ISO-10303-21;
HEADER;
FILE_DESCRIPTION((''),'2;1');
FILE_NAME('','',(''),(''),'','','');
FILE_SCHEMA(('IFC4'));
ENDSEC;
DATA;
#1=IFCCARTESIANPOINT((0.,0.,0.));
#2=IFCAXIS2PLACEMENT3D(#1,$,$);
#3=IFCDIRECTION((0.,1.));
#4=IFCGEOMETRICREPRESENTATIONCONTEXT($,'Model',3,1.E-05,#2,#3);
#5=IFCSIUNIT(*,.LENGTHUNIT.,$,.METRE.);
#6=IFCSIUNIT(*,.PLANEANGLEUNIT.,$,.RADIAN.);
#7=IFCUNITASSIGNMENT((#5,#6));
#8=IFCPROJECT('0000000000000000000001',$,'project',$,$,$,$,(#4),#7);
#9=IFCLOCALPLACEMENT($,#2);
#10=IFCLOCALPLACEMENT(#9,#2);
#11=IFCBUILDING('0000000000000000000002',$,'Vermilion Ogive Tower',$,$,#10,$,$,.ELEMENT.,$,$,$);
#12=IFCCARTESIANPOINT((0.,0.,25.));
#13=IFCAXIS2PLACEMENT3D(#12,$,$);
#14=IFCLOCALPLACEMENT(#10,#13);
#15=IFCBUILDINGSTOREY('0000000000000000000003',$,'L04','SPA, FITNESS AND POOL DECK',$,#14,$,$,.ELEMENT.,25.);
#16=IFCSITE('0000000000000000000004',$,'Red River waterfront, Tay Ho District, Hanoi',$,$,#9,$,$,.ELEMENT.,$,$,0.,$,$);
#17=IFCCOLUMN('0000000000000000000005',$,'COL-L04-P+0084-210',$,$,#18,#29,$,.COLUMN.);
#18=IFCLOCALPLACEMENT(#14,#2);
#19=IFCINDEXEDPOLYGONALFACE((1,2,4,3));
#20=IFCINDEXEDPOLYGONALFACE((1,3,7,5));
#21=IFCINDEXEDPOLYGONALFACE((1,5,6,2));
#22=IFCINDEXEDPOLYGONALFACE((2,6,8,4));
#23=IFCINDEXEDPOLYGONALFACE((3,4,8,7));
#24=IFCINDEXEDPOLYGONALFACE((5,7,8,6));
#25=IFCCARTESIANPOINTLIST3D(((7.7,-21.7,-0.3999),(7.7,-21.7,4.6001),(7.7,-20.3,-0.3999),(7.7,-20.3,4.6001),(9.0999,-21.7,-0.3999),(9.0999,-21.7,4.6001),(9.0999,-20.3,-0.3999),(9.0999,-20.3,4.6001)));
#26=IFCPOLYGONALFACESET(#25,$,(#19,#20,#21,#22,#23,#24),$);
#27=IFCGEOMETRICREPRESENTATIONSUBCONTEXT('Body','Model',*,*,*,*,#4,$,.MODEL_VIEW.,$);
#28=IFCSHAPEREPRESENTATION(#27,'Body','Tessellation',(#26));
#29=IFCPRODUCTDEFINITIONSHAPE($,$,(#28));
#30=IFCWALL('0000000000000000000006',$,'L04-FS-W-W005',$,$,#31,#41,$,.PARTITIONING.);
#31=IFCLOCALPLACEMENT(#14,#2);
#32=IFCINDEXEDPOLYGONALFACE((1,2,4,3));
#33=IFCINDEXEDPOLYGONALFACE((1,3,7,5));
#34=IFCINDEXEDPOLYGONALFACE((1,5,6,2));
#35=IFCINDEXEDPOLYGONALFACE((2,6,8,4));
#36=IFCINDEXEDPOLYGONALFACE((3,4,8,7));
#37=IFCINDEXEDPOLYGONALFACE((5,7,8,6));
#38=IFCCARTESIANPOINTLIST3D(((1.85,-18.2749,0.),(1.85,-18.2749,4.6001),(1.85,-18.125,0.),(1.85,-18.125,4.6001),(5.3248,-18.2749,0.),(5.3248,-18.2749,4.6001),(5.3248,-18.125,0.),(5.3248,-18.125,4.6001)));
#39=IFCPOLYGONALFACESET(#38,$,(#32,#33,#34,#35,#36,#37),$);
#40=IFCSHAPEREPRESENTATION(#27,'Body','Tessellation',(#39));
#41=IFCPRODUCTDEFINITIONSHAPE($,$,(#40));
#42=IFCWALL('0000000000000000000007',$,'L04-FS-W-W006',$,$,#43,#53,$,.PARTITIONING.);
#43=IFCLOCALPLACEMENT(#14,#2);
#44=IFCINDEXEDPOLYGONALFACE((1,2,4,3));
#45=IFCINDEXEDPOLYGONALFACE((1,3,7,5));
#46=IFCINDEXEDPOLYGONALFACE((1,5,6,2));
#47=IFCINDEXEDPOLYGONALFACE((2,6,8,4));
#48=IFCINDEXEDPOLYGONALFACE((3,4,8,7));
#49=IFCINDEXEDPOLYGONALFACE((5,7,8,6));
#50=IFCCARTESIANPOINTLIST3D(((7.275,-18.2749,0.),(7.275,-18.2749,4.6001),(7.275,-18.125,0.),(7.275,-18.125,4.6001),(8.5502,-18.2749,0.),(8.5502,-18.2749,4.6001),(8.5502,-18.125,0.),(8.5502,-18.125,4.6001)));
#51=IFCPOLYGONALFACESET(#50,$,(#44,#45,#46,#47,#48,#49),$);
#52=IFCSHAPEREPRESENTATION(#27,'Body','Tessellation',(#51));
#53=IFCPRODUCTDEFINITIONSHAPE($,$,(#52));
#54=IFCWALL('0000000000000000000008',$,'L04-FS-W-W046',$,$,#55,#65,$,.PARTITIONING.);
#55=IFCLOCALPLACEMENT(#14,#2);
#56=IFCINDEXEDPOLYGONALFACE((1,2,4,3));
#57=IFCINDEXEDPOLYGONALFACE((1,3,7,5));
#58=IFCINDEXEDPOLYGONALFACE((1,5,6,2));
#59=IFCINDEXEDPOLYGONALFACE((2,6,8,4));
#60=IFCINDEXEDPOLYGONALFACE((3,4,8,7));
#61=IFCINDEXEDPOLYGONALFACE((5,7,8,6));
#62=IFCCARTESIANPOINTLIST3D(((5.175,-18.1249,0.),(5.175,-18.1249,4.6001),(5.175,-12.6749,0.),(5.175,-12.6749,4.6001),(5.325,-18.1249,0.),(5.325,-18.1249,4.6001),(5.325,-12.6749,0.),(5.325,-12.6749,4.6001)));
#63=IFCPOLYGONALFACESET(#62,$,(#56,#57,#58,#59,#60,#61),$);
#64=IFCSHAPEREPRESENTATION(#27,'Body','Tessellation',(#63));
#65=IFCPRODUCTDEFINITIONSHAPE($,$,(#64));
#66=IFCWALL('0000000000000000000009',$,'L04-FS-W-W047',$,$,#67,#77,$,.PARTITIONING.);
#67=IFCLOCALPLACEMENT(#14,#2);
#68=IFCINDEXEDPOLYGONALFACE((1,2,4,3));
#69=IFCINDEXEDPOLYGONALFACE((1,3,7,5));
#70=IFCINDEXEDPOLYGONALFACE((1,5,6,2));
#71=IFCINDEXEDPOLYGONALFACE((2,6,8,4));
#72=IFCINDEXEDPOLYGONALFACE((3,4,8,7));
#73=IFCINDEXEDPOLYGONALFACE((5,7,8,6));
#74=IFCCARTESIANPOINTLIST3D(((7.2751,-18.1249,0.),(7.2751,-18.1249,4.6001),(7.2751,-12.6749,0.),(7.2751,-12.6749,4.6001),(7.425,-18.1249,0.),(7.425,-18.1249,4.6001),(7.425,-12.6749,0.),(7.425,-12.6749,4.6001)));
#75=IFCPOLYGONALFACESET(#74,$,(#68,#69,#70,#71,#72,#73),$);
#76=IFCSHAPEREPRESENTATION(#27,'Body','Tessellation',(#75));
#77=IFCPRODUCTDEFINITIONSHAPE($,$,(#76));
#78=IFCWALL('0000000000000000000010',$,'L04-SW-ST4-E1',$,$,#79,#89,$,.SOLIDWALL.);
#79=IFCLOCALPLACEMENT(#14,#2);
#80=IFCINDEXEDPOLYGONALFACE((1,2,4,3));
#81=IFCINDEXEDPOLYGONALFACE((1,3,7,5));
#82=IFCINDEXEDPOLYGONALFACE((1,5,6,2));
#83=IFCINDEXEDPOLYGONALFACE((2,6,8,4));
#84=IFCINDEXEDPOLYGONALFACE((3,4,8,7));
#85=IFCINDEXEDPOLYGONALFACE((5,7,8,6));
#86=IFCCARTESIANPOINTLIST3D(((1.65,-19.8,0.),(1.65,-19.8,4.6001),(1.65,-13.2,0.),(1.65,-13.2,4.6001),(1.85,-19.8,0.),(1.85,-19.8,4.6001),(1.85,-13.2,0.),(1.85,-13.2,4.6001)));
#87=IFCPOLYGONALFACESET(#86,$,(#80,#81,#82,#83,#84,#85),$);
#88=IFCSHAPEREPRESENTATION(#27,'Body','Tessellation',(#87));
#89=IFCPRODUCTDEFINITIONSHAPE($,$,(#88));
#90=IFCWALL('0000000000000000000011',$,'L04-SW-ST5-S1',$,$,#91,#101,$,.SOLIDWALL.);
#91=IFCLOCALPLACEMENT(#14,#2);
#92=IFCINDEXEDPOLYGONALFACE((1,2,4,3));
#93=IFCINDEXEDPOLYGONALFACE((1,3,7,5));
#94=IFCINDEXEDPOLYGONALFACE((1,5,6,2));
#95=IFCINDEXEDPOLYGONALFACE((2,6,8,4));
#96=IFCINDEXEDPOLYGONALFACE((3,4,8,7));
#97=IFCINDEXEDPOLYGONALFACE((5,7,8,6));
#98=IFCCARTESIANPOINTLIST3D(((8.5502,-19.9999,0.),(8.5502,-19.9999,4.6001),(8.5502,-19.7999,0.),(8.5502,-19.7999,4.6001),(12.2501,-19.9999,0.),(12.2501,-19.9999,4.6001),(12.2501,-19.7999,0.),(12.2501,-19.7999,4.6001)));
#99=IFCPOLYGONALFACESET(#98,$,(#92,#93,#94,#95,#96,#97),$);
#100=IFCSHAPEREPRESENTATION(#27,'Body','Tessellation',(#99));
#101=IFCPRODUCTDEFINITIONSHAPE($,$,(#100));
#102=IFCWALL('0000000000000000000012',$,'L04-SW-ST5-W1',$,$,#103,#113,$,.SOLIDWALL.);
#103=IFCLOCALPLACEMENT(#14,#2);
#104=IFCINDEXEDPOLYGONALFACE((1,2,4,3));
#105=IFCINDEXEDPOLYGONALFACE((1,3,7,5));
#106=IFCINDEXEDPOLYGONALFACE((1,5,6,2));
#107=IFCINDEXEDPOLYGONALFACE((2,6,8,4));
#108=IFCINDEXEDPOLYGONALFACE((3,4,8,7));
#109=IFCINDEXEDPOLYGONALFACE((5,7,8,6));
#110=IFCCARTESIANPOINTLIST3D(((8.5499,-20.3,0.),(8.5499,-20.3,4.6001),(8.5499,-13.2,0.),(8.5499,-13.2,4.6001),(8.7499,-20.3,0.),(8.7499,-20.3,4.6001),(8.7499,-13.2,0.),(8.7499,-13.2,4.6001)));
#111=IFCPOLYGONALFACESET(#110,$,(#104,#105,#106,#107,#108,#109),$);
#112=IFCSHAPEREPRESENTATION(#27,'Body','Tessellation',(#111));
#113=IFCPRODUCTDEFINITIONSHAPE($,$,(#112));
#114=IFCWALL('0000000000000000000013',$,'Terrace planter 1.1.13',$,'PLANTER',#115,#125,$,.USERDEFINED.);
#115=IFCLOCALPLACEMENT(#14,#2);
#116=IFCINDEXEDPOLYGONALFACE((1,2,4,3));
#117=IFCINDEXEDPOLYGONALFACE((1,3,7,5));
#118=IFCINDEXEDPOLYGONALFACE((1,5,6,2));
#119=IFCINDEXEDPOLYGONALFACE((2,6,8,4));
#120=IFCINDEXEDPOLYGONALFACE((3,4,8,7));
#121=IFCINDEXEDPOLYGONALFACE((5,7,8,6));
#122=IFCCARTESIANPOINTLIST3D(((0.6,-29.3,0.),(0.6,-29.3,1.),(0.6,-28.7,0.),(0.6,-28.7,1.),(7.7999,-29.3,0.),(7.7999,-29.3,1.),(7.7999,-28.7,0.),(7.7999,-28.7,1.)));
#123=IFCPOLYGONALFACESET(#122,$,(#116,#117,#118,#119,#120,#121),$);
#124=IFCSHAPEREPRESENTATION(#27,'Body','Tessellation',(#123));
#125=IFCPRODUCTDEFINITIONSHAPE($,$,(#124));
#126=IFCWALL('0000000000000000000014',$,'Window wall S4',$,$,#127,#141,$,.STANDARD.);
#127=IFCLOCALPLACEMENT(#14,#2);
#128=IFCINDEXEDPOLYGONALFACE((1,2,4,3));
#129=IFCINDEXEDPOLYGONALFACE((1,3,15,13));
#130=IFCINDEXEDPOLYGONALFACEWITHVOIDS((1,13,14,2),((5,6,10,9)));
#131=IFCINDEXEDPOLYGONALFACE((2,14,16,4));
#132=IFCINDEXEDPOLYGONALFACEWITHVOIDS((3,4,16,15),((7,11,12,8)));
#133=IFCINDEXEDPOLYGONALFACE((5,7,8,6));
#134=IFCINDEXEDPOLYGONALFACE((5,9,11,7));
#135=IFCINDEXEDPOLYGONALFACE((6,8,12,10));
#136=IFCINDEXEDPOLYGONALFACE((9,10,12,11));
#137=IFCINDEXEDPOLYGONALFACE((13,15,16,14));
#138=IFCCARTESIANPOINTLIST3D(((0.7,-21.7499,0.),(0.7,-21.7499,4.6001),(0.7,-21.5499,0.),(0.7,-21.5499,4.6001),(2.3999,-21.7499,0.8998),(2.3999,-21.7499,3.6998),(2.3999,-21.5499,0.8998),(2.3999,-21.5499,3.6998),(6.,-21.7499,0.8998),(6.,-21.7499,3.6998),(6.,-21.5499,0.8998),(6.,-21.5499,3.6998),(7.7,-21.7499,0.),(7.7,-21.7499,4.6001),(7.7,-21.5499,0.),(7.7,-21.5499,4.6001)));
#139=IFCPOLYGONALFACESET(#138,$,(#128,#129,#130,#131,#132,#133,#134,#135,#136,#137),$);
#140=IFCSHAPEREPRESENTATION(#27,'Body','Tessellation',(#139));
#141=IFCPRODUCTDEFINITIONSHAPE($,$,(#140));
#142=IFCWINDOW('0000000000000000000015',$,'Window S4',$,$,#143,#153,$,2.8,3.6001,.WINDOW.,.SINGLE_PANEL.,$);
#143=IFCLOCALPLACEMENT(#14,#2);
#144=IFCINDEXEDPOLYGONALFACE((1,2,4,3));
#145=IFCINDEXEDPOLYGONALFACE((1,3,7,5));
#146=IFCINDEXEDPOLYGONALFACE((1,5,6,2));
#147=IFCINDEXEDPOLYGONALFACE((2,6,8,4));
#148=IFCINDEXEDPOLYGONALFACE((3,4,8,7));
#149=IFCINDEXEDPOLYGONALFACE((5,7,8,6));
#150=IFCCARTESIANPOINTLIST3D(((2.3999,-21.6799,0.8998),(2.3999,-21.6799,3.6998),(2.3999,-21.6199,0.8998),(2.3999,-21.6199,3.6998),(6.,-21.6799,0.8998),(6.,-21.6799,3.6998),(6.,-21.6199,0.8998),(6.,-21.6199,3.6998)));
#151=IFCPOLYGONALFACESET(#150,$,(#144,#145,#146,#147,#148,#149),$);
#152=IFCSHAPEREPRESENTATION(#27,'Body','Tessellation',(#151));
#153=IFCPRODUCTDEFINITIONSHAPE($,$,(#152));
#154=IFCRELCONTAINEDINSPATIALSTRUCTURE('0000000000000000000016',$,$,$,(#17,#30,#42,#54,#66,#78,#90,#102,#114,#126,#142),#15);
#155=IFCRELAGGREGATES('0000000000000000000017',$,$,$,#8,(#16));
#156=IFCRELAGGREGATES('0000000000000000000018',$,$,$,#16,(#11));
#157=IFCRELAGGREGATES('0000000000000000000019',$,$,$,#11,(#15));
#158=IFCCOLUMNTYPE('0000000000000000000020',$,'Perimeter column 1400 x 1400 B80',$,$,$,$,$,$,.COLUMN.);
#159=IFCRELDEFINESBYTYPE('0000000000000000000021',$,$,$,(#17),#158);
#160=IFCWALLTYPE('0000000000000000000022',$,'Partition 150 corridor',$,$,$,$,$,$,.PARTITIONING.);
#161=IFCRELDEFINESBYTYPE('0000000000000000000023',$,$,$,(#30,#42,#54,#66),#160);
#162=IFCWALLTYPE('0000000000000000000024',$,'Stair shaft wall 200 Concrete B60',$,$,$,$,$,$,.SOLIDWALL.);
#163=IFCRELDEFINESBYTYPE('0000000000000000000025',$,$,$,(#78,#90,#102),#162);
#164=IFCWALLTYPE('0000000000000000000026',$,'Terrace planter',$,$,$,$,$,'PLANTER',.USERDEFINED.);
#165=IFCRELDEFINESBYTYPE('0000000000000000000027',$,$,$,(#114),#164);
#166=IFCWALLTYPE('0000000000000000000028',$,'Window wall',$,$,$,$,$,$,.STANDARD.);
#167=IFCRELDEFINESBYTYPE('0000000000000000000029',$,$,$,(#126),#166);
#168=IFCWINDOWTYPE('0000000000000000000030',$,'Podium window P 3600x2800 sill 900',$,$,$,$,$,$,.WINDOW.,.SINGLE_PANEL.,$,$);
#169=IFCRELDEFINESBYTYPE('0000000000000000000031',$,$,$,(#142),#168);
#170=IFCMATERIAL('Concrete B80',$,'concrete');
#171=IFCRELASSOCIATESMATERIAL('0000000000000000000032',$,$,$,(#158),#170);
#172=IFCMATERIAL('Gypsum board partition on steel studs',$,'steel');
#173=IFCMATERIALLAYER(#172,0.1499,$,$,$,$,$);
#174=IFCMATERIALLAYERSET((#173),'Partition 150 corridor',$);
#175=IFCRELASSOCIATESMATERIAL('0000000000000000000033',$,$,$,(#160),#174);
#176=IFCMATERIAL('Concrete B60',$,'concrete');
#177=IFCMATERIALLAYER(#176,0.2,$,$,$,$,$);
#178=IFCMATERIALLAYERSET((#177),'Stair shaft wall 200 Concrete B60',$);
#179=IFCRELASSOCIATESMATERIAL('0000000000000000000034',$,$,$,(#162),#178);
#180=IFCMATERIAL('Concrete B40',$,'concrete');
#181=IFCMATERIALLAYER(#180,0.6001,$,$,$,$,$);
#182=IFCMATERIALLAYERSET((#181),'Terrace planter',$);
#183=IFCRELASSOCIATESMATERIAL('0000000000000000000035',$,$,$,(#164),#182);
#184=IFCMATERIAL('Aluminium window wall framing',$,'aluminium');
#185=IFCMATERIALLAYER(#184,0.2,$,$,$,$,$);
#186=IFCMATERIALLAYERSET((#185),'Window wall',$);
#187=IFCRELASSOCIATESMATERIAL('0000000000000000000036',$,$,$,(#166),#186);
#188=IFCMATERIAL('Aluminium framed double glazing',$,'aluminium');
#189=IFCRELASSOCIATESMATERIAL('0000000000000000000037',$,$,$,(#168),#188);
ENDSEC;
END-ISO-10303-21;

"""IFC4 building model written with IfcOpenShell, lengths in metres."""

from ifc_helpers import new_model, si_unit, direction, frame, frame_2d, origin, origin_2d, place, context, subcontext, project, spatial, rectangle, extrude, material, layer, layer_set, material_profile, profile_set, type_object, element, fill, save


model = new_model("IFC4")

# Units and contexts
model_context = context("Model", 3, precision=1e-05, world=origin(), true_north=direction((0.0, 1.0)))
body_context = subcontext(model_context, "Body", "Model", "MODEL_VIEW")
ifc_project = project(units=[si_unit("LENGTHUNIT", "METRE"), si_unit("PLANEANGLEUNIT", "RADIAN")], contexts=[model_context])

# Site, building, storey
site_placement = place(None, origin())
site = spatial("IfcSite", under=ifc_project, at=site_placement, Name="Red River waterfront, Tay Ho District, Hanoi", CompositionType="ELEMENT", RefElevation=0.0)
building_placement = place(site_placement, origin())
building = spatial("IfcBuilding", under=site, at=building_placement, Name="Vermilion Ogive Tower", CompositionType="ELEMENT")
storey_placement = place(building_placement, frame((0.0, 0.0, 25.0)))
storey = spatial("IfcBuildingStorey", under=building, at=storey_placement, Name="L04", Description="SPA, FITNESS AND POOL DECK", CompositionType="ELEMENT", Elevation=25.0)

# Column
ifc_material_1 = material(Name="Concrete B80", Category="concrete")
ifc_material_profile = material_profile(ifc_material_1, rectangle(XDim=1.3999, YDim=1.3999, at=origin_2d()), Name="1400 x 1400")
ifc_profile_set = profile_set([ifc_material_profile], Name="Concrete B80")
column_type = type_object("IfcColumnType", Name="Perimeter column 1400 x 1400 B80", PredefinedType="COLUMN", material=ifc_profile_set)
column_placement = place(storey_placement, frame((8.3999, -21.0, -0.3999), z_axis=(0.0, 0.0, 1.0), x_axis=(1.0, 0.0, 0.0)))
element("IfcColumn", 1, at=column_placement, inside=storey, type_object=column_type, Name="COL-L04-P+0084-210", PredefinedType="COLUMN", context=body_context, shape_type="SweptSolid", body=[
    extrude(rectangle(XDim=1.3999, YDim=1.3999, at=origin_2d()), origin(), (0.0, 0.0, 1.0), 5.0),
])

# Walls
ifc_material_2 = material(Name="Gypsum board partition on steel studs", Category="steel")
ifc_layer_1 = layer(ifc_material_2, 0.1499)
ifc_layer_set_1 = layer_set([ifc_layer_1], Name="Partition 150 corridor")
wall_type_1 = type_object("IfcWallType", Name="Partition 150 corridor", PredefinedType="PARTITIONING", material=ifc_layer_set_1)
wall_1_placement = place(storey_placement, frame((1.8501, -18.2, 0.0), z_axis=(0.0, 0.0, 1.0), x_axis=(1.0, 0.0, 0.0)))
element("IfcWall", 2, at=wall_1_placement, inside=storey, type_object=wall_type_1, Name="L04-FS-W-W005", PredefinedType="PARTITIONING", context=body_context, shape_type="SweptSolid", body=[
    extrude(rectangle(XDim=3.4749, YDim=0.1499, at=frame_2d((1.7373, 0.0))), origin(), (0.0, 0.0, 1.0), 4.6001),
])
wall_2_placement = place(storey_placement, frame((7.2749, -18.2, 0.0), z_axis=(0.0, 0.0, 1.0), x_axis=(1.0, 0.0, 0.0)))
element("IfcWall", 3, at=wall_2_placement, inside=storey, type_object=wall_type_1, Name="L04-FS-W-W006", PredefinedType="PARTITIONING", context=body_context, shape_type="SweptSolid", body=[
    extrude(rectangle(XDim=1.2751, YDim=0.1499, at=frame_2d((0.6377, 0.0))), origin(), (0.0, 0.0, 1.0), 4.6001),
])
for number, where, z_axis, x_axis, name in (
    (4, (5.25, -18.125, 0.0), (0.0, 0.0, 1.0), (0.0, 1.0, 0.0), "L04-FS-W-W046"),
    (5, (7.3501, -18.125, 0.0), (0.0, 0.0, 1.0), (0.0, 1.0, 0.0), "L04-FS-W-W047"),
):
    element("IfcWall", number, at=place(storey_placement, frame(where, z_axis=z_axis, x_axis=x_axis)), inside=storey, type_object=wall_type_1, Name=name, PredefinedType="PARTITIONING", context=body_context, shape_type="SweptSolid", body=[
        extrude(rectangle(XDim=5.45, YDim=0.1499, at=frame_2d((2.7251, 0.0))), origin(), (0.0, 0.0, 1.0), 4.6001),
    ])
ifc_material_3 = material(Name="Concrete B60", Category="concrete")
ifc_layer_2 = layer(ifc_material_3, 0.2)
ifc_layer_set_2 = layer_set([ifc_layer_2], Name="Stair shaft wall 200 Concrete B60")
wall_type_2 = type_object("IfcWallType", Name="Stair shaft wall 200 Concrete B60", PredefinedType="SOLIDWALL", material=ifc_layer_set_2)
wall_3_placement = place(storey_placement, frame((1.75, -19.8, 0.0), z_axis=(0.0, 0.0, 1.0), x_axis=(0.0, 1.0, 0.0)))
element("IfcWall", 6, at=wall_3_placement, inside=storey, type_object=wall_type_2, Name="L04-SW-ST4-E1", PredefinedType="SOLIDWALL", context=body_context, shape_type="SweptSolid", body=[
    extrude(rectangle(XDim=6.6001, YDim=0.2, at=frame_2d((3.3, 0.0))), origin(), (0.0, 0.0, 1.0), 4.6001),
])
wall_4_placement = place(storey_placement, frame((8.55, -19.8999, 0.0), z_axis=(0.0, 0.0, 1.0), x_axis=(1.0, 0.0, 0.0)))
element("IfcWall", 7, at=wall_4_placement, inside=storey, type_object=wall_type_2, Name="L04-SW-ST5-S1", PredefinedType="SOLIDWALL", context=body_context, shape_type="SweptSolid", body=[
    extrude(rectangle(XDim=3.7, YDim=0.2, at=frame_2d((1.8501, 0.0))), origin(), (0.0, 0.0, 1.0), 4.6001),
])
wall_5_placement = place(storey_placement, frame((8.6499, -20.3, 0.0), z_axis=(0.0, 0.0, 1.0), x_axis=(0.0, 1.0, 0.0)))
element("IfcWall", 8, at=wall_5_placement, inside=storey, type_object=wall_type_2, Name="L04-SW-ST5-W1", PredefinedType="SOLIDWALL", context=body_context, shape_type="SweptSolid", body=[
    extrude(rectangle(XDim=7.1001, YDim=0.2, at=frame_2d((3.55, 0.0))), origin(), (0.0, 0.0, 1.0), 4.6001),
])
ifc_material_4 = material(Name="Concrete B40", Category="concrete")
ifc_layer_3 = layer(ifc_material_4, 0.6001)
ifc_layer_set_3 = layer_set([ifc_layer_3], Name="Terrace planter")
wall_type_3 = type_object("IfcWallType", Name="Terrace planter", ElementType="PLANTER", PredefinedType="USERDEFINED", material=ifc_layer_set_3)
wall_6_placement = place(storey_placement, frame((7.8, -29.0, 0.0), z_axis=(0.0, 0.0, 1.0), x_axis=(-1.0, 0.0, 0.0)))
element("IfcWall", 9, at=wall_6_placement, inside=storey, type_object=wall_type_3, Name="Terrace planter 1.1.13", ObjectType="PLANTER", PredefinedType="USERDEFINED", context=body_context, shape_type="SweptSolid", body=[
    extrude(rectangle(XDim=7.2, YDim=0.6001, at=frame_2d((3.6001, 0.0))), origin(), (0.0, 0.0, 1.0), 1.0),
])

# Wall, opening, window
ifc_material_5 = material(Name="Aluminium window wall framing", Category="aluminium")
ifc_layer_4 = layer(ifc_material_5, 0.2)
ifc_layer_set_4 = layer_set([ifc_layer_4], Name="Window wall")
wall_type_4 = type_object("IfcWallType", Name="Window wall", PredefinedType="STANDARD", material=ifc_layer_set_4)
wall_7_placement = place(storey_placement, frame((0.7, -21.6499, 0.0), z_axis=(0.0, 0.0, 1.0), x_axis=(1.0, 0.0, 0.0)))
wall_7 = element("IfcWall", 10, at=wall_7_placement, inside=storey, type_object=wall_type_4, Name="Window wall S4", PredefinedType="STANDARD", context=body_context, shape_type="SweptSolid", body=[
    extrude(rectangle(XDim=7.0, YDim=0.2, at=frame_2d((3.5, 0.0))), origin(), (0.0, 0.0, 1.0), 4.6001),
])
opening_1_placement = place(wall_7_placement, frame((1.7, 0.0, 0.8999)))
opening_1 = element("IfcOpeningElement", 11, at=opening_1_placement, cuts=wall_7, PredefinedType="OPENING", context=body_context, shape_type="SweptSolid", body=[
    extrude(rectangle(XDim=3.6001, YDim=2.8, at=frame_2d((1.8, 1.3999))), frame((0.0, 0.1099, 0.0), z_axis=(0.0, -1.0, 0.0), x_axis=(1.0, 0.0, 0.0)), (0.0, 0.0, 1.0), 0.22),
])
ifc_material_6 = material(Name="Aluminium framed double glazing", Category="aluminium")
window_type_1 = type_object("IfcWindowType", Name="Podium window P 3600x2800 sill 900", PartitioningType="SINGLE_PANEL", PredefinedType="WINDOW", material=ifc_material_6)
window_1_placement = place(opening_1_placement, origin())
window_1 = element("IfcWindow", 12, at=window_1_placement, inside=storey, type_object=window_type_1, Name="Window S4", OverallHeight=2.8, OverallWidth=3.6001, PartitioningType="SINGLE_PANEL", PredefinedType="WINDOW", context=body_context, shape_type="SweptSolid", body=[
    extrude(rectangle(XDim=3.6001, YDim=2.8, at=frame_2d((1.8, 1.3999))), frame((0.0, 0.03, 0.0), z_axis=(0.0, -1.0, 0.0), x_axis=(1.0, 0.0, 0.0)), (0.0, 0.0, 1.0), 0.0601),
])
fill(opening_1, window_1)

save(model, "model.ifc")
